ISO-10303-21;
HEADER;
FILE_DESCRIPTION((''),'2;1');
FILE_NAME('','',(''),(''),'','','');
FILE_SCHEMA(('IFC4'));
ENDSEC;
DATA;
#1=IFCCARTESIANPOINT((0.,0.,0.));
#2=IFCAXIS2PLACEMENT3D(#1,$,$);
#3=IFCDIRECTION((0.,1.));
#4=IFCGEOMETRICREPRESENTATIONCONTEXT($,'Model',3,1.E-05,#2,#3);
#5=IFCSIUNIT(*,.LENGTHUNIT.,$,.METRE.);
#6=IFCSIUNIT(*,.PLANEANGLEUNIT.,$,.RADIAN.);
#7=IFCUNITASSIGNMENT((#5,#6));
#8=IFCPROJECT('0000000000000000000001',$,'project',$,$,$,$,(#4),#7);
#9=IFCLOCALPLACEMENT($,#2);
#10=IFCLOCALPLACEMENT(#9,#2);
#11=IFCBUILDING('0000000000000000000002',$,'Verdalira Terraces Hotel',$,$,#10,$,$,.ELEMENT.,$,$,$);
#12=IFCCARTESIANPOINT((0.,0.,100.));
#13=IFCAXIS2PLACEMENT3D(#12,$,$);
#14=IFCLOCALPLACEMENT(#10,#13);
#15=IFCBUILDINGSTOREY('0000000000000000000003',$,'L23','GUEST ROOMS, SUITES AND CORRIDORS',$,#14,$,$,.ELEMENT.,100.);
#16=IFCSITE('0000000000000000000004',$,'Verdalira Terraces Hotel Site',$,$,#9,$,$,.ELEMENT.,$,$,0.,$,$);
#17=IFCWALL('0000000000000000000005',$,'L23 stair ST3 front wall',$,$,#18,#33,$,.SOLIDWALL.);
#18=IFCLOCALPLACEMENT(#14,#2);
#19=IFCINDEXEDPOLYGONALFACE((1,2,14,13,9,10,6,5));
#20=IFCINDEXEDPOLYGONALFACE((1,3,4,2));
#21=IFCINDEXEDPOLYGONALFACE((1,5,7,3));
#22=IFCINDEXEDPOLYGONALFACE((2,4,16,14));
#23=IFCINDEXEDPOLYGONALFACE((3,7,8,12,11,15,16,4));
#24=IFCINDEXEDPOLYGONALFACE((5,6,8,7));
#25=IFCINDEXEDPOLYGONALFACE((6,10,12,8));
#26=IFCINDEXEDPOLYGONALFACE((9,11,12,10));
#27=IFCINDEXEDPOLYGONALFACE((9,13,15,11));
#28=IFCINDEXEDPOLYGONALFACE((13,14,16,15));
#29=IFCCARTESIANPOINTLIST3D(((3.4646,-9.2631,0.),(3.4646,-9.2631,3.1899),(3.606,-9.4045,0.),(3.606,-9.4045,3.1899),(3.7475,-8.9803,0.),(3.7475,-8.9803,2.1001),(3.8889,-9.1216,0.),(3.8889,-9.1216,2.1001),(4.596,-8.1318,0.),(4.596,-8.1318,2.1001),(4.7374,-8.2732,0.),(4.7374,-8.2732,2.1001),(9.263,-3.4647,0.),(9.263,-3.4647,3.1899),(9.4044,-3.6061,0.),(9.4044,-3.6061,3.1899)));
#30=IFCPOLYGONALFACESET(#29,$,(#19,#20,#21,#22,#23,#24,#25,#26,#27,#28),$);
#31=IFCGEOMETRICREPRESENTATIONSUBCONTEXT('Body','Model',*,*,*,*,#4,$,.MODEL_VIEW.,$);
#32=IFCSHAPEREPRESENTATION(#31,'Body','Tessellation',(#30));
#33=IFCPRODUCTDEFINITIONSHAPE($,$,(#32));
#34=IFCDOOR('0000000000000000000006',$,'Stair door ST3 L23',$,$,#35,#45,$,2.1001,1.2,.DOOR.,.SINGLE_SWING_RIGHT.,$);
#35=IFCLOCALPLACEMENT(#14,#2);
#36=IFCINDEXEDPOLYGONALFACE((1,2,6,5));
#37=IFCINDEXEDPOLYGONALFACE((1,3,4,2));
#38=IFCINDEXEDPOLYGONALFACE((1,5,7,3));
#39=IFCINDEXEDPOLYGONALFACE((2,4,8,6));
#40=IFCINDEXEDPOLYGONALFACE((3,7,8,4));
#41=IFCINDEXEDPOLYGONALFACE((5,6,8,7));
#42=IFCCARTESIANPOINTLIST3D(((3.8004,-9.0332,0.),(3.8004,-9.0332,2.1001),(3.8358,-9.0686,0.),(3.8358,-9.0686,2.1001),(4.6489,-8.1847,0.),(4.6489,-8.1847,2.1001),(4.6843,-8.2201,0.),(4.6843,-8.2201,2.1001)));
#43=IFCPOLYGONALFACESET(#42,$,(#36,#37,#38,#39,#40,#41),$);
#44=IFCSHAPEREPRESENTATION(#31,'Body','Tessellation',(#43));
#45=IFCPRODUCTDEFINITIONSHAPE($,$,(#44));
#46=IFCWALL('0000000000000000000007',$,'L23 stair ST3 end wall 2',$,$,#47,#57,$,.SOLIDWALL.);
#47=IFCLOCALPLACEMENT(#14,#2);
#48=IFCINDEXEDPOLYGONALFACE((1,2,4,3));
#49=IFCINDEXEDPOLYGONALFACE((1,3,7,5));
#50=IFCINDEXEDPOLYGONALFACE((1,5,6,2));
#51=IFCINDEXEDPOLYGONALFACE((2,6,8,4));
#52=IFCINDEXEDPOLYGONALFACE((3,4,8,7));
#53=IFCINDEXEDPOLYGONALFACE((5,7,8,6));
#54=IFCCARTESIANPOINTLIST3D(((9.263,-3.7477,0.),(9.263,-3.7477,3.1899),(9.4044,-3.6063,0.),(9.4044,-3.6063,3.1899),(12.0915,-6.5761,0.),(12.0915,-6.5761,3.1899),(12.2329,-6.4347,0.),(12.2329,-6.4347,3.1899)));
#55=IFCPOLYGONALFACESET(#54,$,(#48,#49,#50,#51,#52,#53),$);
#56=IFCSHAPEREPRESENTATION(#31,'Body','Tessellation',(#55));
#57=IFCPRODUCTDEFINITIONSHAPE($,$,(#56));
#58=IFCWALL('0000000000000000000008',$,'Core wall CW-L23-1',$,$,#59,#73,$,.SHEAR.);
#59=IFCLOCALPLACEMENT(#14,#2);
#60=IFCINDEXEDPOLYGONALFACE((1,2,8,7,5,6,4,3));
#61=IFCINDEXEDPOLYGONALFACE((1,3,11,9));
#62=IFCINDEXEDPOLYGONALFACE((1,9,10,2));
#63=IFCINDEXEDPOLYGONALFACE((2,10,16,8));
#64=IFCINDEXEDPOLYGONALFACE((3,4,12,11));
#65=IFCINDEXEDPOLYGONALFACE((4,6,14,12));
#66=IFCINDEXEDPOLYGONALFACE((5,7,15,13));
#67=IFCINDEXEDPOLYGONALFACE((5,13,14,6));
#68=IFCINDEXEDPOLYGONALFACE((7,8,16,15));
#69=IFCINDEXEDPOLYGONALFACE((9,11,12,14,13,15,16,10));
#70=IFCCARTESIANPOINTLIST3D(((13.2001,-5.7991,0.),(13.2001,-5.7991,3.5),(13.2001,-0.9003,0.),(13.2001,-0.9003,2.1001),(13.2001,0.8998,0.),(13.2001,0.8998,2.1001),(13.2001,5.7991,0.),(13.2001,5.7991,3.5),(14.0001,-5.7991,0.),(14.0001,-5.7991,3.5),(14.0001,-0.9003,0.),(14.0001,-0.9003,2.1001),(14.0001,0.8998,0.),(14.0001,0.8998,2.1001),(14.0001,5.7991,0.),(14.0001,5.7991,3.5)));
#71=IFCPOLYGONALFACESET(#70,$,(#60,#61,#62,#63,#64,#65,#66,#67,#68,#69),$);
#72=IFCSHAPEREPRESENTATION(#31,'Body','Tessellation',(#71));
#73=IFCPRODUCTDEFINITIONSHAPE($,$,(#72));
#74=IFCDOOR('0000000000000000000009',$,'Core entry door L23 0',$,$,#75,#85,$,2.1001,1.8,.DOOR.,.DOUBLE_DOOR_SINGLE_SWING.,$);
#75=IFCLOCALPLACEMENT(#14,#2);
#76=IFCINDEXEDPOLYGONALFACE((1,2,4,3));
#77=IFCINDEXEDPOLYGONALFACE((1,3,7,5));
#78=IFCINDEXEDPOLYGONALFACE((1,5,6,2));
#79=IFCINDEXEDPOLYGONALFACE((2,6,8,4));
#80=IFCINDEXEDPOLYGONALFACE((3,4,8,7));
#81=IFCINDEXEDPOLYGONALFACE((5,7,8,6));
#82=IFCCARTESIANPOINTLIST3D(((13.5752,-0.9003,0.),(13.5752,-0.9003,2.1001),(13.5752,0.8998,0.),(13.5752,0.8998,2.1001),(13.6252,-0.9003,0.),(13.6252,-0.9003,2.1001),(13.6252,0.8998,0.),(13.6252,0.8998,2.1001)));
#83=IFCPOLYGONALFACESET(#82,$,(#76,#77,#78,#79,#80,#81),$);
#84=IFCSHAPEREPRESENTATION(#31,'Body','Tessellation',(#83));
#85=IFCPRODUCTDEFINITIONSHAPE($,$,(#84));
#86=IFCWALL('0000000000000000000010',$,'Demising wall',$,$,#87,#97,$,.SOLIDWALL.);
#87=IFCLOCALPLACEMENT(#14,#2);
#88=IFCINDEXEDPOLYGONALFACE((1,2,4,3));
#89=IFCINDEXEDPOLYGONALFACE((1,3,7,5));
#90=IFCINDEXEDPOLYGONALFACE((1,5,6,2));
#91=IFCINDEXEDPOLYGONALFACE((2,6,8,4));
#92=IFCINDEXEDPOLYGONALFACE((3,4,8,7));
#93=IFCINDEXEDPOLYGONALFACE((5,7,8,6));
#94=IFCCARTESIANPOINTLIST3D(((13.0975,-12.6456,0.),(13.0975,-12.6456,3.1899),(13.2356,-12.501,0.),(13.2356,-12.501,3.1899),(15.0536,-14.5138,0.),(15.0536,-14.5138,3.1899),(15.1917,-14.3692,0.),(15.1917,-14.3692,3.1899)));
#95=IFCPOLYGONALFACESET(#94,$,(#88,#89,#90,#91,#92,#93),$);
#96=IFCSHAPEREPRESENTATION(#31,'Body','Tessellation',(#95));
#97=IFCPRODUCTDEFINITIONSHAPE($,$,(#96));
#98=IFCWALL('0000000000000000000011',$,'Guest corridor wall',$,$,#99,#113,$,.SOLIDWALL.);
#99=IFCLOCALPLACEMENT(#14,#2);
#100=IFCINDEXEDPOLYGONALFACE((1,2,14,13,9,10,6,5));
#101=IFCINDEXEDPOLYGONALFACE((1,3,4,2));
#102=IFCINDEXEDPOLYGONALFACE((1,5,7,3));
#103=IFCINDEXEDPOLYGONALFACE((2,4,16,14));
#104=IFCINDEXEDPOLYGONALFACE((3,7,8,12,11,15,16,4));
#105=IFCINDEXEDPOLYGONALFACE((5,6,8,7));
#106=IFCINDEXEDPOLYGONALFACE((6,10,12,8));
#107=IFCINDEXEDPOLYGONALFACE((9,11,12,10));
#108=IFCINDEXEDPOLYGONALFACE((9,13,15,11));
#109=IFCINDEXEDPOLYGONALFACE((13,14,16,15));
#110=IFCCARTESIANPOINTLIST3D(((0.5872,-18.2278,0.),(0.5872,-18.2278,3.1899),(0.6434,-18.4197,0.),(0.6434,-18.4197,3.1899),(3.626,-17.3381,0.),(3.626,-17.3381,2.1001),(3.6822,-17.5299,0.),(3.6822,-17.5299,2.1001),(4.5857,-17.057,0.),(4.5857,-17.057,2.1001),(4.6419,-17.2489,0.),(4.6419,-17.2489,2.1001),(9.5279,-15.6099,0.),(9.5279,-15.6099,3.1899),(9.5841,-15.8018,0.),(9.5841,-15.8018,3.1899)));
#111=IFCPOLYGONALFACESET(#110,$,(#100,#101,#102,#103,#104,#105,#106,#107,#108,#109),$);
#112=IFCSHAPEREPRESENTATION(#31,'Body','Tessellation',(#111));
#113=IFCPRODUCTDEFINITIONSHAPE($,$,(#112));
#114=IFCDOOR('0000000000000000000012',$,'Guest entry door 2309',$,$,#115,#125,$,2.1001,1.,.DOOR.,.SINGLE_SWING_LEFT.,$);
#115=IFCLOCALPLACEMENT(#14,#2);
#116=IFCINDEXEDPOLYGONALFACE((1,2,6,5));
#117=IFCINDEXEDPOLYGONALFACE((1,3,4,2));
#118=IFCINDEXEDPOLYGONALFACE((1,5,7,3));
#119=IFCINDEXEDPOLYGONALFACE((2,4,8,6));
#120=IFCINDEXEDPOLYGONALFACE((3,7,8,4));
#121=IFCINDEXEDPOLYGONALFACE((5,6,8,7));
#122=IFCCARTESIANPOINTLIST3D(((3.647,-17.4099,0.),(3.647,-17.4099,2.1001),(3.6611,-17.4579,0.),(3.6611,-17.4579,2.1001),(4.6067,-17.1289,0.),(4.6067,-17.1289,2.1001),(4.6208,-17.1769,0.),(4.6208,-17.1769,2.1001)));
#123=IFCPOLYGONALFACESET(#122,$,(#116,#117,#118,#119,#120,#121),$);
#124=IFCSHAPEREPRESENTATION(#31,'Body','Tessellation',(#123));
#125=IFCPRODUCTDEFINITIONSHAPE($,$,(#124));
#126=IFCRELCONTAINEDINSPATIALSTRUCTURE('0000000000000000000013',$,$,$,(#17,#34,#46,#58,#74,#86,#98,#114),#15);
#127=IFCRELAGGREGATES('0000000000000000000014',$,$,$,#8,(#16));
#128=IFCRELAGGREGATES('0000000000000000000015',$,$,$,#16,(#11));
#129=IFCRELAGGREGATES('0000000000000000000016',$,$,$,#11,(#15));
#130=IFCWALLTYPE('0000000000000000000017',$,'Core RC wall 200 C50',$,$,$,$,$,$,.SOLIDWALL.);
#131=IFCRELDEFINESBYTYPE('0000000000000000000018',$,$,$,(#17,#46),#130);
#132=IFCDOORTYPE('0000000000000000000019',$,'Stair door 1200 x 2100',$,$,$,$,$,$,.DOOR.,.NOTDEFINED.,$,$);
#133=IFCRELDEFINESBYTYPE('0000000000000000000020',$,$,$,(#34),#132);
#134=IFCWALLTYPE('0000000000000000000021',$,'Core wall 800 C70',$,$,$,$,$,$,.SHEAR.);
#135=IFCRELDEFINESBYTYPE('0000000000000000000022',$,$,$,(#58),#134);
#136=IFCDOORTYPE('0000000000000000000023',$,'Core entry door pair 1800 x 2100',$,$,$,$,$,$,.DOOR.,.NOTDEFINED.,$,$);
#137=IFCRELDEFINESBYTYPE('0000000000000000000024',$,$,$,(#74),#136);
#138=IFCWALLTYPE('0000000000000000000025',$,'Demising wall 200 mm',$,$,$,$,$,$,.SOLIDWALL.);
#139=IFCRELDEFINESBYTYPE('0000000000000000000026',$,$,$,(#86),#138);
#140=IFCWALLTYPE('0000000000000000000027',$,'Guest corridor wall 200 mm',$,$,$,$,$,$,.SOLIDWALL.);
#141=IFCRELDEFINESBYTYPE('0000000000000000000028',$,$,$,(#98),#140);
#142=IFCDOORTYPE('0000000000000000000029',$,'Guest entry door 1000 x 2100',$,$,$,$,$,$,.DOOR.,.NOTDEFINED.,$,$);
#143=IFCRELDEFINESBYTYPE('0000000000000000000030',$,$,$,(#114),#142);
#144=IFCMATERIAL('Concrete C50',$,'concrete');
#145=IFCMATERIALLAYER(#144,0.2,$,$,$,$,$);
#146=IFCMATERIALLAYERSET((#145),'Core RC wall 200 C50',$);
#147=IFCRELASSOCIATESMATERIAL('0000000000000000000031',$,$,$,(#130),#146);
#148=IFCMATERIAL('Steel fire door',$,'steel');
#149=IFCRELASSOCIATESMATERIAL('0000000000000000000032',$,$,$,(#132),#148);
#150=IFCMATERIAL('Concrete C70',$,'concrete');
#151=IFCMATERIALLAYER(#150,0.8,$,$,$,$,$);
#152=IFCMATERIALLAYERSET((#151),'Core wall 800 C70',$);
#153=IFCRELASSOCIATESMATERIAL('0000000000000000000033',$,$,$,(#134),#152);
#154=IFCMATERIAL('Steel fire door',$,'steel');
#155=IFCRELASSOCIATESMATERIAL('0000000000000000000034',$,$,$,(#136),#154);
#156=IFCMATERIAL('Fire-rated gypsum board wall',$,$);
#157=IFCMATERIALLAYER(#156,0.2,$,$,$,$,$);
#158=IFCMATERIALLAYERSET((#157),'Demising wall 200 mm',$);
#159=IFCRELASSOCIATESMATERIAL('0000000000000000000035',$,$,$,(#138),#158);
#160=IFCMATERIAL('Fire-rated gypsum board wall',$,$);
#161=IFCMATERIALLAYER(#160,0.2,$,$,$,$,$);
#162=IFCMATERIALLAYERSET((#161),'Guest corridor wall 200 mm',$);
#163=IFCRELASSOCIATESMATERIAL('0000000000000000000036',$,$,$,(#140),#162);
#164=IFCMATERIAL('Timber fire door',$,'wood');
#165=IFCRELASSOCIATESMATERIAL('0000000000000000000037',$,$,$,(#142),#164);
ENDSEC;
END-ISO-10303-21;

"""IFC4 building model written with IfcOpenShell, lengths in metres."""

from ifc_helpers import new_model, si_unit, direction, frame, frame_2d, origin, place, context, subcontext, project, spatial, rectangle, extrude, material, layer, layer_set, type_object, element, fill, save


model = new_model("IFC4")

# Units and contexts
model_context = context("Model", 3, precision=1e-05, world=origin(), true_north=direction((0.0, 1.0)))
body_context = subcontext(model_context, "Body", "Model", "MODEL_VIEW")
ifc_project = project(units=[si_unit("LENGTHUNIT", "METRE"), si_unit("PLANEANGLEUNIT", "RADIAN")], contexts=[model_context])

# Site, building, storey
site_placement = place(None, origin())
site = spatial("IfcSite", under=ifc_project, at=site_placement, Name="Verdalira Terraces Hotel Site", CompositionType="ELEMENT", RefElevation=0.0)
building_placement = place(site_placement, origin())
building = spatial("IfcBuilding", under=site, at=building_placement, Name="Verdalira Terraces Hotel", CompositionType="ELEMENT")
storey_placement = place(building_placement, frame((0.0, 0.0, 100.0)))
storey = spatial("IfcBuildingStorey", under=building, at=storey_placement, Name="L23", Description="GUEST ROOMS, SUITES AND CORRIDORS", CompositionType="ELEMENT", Elevation=100.0)

# Wall, opening, door
ifc_material_1 = material(Name="Concrete C50", Category="concrete")
ifc_layer_1 = layer(ifc_material_1, 0.2)
ifc_layer_set_1 = layer_set([ifc_layer_1], Name="Core RC wall 200 C50")
wall_type_1 = type_object("IfcWallType", Name="Core RC wall 200 C50", PredefinedType="SOLIDWALL", material=ifc_layer_set_1)
wall_1_placement = place(storey_placement, frame((9.3337, -3.5354, 0.0), z_axis=(0.0, 0.0, 1.0), x_axis=(-0.707107, -0.707107, 0.0)))
wall_1 = element("IfcWall", 1, at=wall_1_placement, inside=storey, type_object=wall_type_1, Name="L23 stair ST3 front wall", PredefinedType="SOLIDWALL", context=body_context, shape_type="SweptSolid", body=[
    extrude(rectangle(XDim=8.2002, YDim=0.2, at=frame_2d((4.1001, 0.0))), origin(), (0.0, 0.0, 1.0), 3.1899),
])
opening_1_placement = place(wall_1_placement, frame((6.6001, 0.0, 0.0)))
opening_1 = element("IfcOpeningElement", 2, at=opening_1_placement, cuts=wall_1, PredefinedType="OPENING", context=body_context, shape_type="SweptSolid", body=[
    extrude(rectangle(XDim=1.2, YDim=2.1001, at=frame_2d((0.6001, 1.05))), frame((0.0, 0.1099, 0.0), z_axis=(0.0, -1.0, 0.0), x_axis=(1.0, 0.0, 0.0)), (0.0, 0.0, 1.0), 0.22),
])
ifc_material_2 = material(Name="Steel fire door", Category="steel")
door_type_1 = type_object("IfcDoorType", Name="Stair door 1200 x 2100", OperationType="NOTDEFINED", PredefinedType="DOOR", material=ifc_material_2)
door_1_placement = place(opening_1_placement, origin())
door_1 = element("IfcDoor", 3, at=door_1_placement, inside=storey, type_object=door_type_1, Name="Stair door ST3 L23", OperationType="SINGLE_SWING_RIGHT", OverallHeight=2.1001, OverallWidth=1.2, PredefinedType="DOOR", context=body_context, shape_type="SweptSolid", body=[
    extrude(rectangle(XDim=1.2, YDim=2.1001, at=frame_2d((0.6001, 1.05))), frame((0.0, 0.0249, 0.0), z_axis=(0.0, -1.0, 0.0), x_axis=(1.0, 0.0, 0.0)), (0.0, 0.0, 1.0), 0.05),
])
fill(opening_1, door_1)

# Wall
wall_2_placement = place(storey_placement, frame((9.3337, -3.677, 0.0), z_axis=(0.0, 0.0, 1.0), x_axis=(0.707107, -0.707107, 0.0)))
element("IfcWall", 4, at=wall_2_placement, inside=storey, type_object=wall_type_1, Name="L23 stair ST3 end wall 2", PredefinedType="SOLIDWALL", context=body_context, shape_type="SweptSolid", body=[
    extrude(rectangle(XDim=4.0, YDim=0.2, at=frame_2d((2.0, 0.0))), origin(), (0.0, 0.0, 1.0), 3.1899),
])

# Wall, opening, door
ifc_material_3 = material(Name="Concrete C70", Category="concrete")
ifc_layer_2 = layer(ifc_material_3, 0.8)
ifc_layer_set_2 = layer_set([ifc_layer_2], Name="Core wall 800 C70")
wall_type_2 = type_object("IfcWallType", Name="Core wall 800 C70", PredefinedType="SHEAR", material=ifc_layer_set_2)
wall_3_placement = place(storey_placement, frame((13.6001, -5.7991, 0.0), z_axis=(0.0, 0.0, 1.0), x_axis=(0.0, 1.0, 0.0)))
wall_3 = element("IfcWall", 5, at=wall_3_placement, inside=storey, type_object=wall_type_2, Name="Core wall CW-L23-1", PredefinedType="SHEAR", context=body_context, shape_type="SweptSolid", body=[
    extrude(rectangle(XDim=11.5981, YDim=0.8, at=frame_2d((5.7991, 0.0))), origin(), (0.0, 0.0, 1.0), 3.5),
])
opening_2_placement = place(wall_3_placement, frame((4.8989, 0.0, 0.0)))
opening_2 = element("IfcOpeningElement", 6, at=opening_2_placement, cuts=wall_3, PredefinedType="OPENING", context=body_context, shape_type="SweptSolid", body=[
    extrude(rectangle(XDim=1.8, YDim=2.1001, at=frame_2d((0.8999, 1.05))), frame((0.0, 0.4099, 0.0), z_axis=(0.0, -1.0, 0.0), x_axis=(1.0, 0.0, 0.0)), (0.0, 0.0, 1.0), 0.8201),
])
ifc_material_4 = material(Name="Steel fire door", Category="steel")
door_type_2 = type_object("IfcDoorType", Name="Core entry door pair 1800 x 2100", OperationType="NOTDEFINED", PredefinedType="DOOR", material=ifc_material_4)
door_2_placement = place(opening_2_placement, origin())
door_2 = element("IfcDoor", 7, at=door_2_placement, inside=storey, type_object=door_type_2, Name="Core entry door L23 0", OperationType="DOUBLE_DOOR_SINGLE_SWING", OverallHeight=2.1001, OverallWidth=1.8, PredefinedType="DOOR", context=body_context, shape_type="SweptSolid", body=[
    extrude(rectangle(XDim=1.8, YDim=2.1001, at=frame_2d((0.8999, 1.05))), frame((0.0, 0.0249, 0.0), z_axis=(0.0, -1.0, 0.0), x_axis=(1.0, 0.0, 0.0)), (0.0, 0.0, 1.0), 0.05),
])
fill(opening_2, door_2)

# Wall
ifc_material_5 = material(Name="Fire-rated gypsum board wall")
ifc_layer_3 = layer(ifc_material_5, 0.2)
ifc_layer_set_3 = layer_set([ifc_layer_3], Name="Demising wall 200 mm")
wall_type_3 = type_object("IfcWallType", Name="Demising wall 200 mm", PredefinedType="SOLIDWALL", material=ifc_layer_set_3)
wall_4_placement = place(storey_placement, frame((13.1665, -12.5732, 0.0), z_axis=(0.0, 0.0, 1.0), x_axis=(0.723167, -0.690673, 0.0)))
element("IfcWall", 8, at=wall_4_placement, inside=storey, type_object=wall_type_3, Name="Demising wall", PredefinedType="SOLIDWALL", context=body_context, shape_type="SweptSolid", body=[
    extrude(rectangle(XDim=2.7048, YDim=0.2, at=frame_2d((1.3525, 0.0))), origin(), (0.0, 0.0, 1.0), 3.1899),
])

# Wall, opening, door
ifc_material_6 = material(Name="Fire-rated gypsum board wall")
ifc_layer_4 = layer(ifc_material_6, 0.2)
ifc_layer_set_4 = layer_set([ifc_layer_4], Name="Guest corridor wall 200 mm")
wall_type_4 = type_object("IfcWallType", Name="Guest corridor wall 200 mm", PredefinedType="SOLIDWALL", material=ifc_layer_set_4)
wall_5_placement = place(storey_placement, frame((9.5562, -15.7058, 0.0), z_axis=(0.0, 0.0, 1.0), x_axis=(-0.959704, -0.281011, 0.0)))
wall_5 = element("IfcWall", 9, at=wall_5_placement, inside=storey, type_object=wall_type_4, Name="Guest corridor wall", PredefinedType="SOLIDWALL", context=body_context, shape_type="SweptSolid", body=[
    extrude(rectangle(XDim=9.3162, YDim=0.2, at=frame_2d((4.6582, 0.0))), origin(), (0.0, 0.0, 1.0), 3.1899),
])
opening_3_placement = place(wall_5_placement, frame((5.1499, 0.0, 0.0)))
opening_3 = element("IfcOpeningElement", 10, at=opening_3_placement, cuts=wall_5, PredefinedType="OPENING", context=body_context, shape_type="SweptSolid", body=[
    extrude(rectangle(XDim=1.0, YDim=2.1001, at=frame_2d((0.5, 1.05))), frame((0.0, 0.1099, 0.0), z_axis=(0.0, -1.0, 0.0), x_axis=(1.0, 0.0, 0.0)), (0.0, 0.0, 1.0), 0.22),
])
ifc_material_7 = material(Name="Timber fire door", Category="wood")
door_type_3 = type_object("IfcDoorType", Name="Guest entry door 1000 x 2100", OperationType="NOTDEFINED", PredefinedType="DOOR", material=ifc_material_7)
door_3_placement = place(opening_3_placement, origin())
door_3 = element("IfcDoor", 11, at=door_3_placement, inside=storey, type_object=door_type_3, Name="Guest entry door 2309", OperationType="SINGLE_SWING_LEFT", OverallHeight=2.1001, OverallWidth=1.0, PredefinedType="DOOR", context=body_context, shape_type="SweptSolid", body=[
    extrude(rectangle(XDim=1.0, YDim=2.1001, at=frame_2d((0.5, 1.05))), frame((0.0, 0.0249, 0.0), z_axis=(0.0, -1.0, 0.0), x_axis=(1.0, 0.0, 0.0)), (0.0, 0.0, 1.0), 0.05),
])
fill(opening_3, door_3)

save(model, "model.ifc")
